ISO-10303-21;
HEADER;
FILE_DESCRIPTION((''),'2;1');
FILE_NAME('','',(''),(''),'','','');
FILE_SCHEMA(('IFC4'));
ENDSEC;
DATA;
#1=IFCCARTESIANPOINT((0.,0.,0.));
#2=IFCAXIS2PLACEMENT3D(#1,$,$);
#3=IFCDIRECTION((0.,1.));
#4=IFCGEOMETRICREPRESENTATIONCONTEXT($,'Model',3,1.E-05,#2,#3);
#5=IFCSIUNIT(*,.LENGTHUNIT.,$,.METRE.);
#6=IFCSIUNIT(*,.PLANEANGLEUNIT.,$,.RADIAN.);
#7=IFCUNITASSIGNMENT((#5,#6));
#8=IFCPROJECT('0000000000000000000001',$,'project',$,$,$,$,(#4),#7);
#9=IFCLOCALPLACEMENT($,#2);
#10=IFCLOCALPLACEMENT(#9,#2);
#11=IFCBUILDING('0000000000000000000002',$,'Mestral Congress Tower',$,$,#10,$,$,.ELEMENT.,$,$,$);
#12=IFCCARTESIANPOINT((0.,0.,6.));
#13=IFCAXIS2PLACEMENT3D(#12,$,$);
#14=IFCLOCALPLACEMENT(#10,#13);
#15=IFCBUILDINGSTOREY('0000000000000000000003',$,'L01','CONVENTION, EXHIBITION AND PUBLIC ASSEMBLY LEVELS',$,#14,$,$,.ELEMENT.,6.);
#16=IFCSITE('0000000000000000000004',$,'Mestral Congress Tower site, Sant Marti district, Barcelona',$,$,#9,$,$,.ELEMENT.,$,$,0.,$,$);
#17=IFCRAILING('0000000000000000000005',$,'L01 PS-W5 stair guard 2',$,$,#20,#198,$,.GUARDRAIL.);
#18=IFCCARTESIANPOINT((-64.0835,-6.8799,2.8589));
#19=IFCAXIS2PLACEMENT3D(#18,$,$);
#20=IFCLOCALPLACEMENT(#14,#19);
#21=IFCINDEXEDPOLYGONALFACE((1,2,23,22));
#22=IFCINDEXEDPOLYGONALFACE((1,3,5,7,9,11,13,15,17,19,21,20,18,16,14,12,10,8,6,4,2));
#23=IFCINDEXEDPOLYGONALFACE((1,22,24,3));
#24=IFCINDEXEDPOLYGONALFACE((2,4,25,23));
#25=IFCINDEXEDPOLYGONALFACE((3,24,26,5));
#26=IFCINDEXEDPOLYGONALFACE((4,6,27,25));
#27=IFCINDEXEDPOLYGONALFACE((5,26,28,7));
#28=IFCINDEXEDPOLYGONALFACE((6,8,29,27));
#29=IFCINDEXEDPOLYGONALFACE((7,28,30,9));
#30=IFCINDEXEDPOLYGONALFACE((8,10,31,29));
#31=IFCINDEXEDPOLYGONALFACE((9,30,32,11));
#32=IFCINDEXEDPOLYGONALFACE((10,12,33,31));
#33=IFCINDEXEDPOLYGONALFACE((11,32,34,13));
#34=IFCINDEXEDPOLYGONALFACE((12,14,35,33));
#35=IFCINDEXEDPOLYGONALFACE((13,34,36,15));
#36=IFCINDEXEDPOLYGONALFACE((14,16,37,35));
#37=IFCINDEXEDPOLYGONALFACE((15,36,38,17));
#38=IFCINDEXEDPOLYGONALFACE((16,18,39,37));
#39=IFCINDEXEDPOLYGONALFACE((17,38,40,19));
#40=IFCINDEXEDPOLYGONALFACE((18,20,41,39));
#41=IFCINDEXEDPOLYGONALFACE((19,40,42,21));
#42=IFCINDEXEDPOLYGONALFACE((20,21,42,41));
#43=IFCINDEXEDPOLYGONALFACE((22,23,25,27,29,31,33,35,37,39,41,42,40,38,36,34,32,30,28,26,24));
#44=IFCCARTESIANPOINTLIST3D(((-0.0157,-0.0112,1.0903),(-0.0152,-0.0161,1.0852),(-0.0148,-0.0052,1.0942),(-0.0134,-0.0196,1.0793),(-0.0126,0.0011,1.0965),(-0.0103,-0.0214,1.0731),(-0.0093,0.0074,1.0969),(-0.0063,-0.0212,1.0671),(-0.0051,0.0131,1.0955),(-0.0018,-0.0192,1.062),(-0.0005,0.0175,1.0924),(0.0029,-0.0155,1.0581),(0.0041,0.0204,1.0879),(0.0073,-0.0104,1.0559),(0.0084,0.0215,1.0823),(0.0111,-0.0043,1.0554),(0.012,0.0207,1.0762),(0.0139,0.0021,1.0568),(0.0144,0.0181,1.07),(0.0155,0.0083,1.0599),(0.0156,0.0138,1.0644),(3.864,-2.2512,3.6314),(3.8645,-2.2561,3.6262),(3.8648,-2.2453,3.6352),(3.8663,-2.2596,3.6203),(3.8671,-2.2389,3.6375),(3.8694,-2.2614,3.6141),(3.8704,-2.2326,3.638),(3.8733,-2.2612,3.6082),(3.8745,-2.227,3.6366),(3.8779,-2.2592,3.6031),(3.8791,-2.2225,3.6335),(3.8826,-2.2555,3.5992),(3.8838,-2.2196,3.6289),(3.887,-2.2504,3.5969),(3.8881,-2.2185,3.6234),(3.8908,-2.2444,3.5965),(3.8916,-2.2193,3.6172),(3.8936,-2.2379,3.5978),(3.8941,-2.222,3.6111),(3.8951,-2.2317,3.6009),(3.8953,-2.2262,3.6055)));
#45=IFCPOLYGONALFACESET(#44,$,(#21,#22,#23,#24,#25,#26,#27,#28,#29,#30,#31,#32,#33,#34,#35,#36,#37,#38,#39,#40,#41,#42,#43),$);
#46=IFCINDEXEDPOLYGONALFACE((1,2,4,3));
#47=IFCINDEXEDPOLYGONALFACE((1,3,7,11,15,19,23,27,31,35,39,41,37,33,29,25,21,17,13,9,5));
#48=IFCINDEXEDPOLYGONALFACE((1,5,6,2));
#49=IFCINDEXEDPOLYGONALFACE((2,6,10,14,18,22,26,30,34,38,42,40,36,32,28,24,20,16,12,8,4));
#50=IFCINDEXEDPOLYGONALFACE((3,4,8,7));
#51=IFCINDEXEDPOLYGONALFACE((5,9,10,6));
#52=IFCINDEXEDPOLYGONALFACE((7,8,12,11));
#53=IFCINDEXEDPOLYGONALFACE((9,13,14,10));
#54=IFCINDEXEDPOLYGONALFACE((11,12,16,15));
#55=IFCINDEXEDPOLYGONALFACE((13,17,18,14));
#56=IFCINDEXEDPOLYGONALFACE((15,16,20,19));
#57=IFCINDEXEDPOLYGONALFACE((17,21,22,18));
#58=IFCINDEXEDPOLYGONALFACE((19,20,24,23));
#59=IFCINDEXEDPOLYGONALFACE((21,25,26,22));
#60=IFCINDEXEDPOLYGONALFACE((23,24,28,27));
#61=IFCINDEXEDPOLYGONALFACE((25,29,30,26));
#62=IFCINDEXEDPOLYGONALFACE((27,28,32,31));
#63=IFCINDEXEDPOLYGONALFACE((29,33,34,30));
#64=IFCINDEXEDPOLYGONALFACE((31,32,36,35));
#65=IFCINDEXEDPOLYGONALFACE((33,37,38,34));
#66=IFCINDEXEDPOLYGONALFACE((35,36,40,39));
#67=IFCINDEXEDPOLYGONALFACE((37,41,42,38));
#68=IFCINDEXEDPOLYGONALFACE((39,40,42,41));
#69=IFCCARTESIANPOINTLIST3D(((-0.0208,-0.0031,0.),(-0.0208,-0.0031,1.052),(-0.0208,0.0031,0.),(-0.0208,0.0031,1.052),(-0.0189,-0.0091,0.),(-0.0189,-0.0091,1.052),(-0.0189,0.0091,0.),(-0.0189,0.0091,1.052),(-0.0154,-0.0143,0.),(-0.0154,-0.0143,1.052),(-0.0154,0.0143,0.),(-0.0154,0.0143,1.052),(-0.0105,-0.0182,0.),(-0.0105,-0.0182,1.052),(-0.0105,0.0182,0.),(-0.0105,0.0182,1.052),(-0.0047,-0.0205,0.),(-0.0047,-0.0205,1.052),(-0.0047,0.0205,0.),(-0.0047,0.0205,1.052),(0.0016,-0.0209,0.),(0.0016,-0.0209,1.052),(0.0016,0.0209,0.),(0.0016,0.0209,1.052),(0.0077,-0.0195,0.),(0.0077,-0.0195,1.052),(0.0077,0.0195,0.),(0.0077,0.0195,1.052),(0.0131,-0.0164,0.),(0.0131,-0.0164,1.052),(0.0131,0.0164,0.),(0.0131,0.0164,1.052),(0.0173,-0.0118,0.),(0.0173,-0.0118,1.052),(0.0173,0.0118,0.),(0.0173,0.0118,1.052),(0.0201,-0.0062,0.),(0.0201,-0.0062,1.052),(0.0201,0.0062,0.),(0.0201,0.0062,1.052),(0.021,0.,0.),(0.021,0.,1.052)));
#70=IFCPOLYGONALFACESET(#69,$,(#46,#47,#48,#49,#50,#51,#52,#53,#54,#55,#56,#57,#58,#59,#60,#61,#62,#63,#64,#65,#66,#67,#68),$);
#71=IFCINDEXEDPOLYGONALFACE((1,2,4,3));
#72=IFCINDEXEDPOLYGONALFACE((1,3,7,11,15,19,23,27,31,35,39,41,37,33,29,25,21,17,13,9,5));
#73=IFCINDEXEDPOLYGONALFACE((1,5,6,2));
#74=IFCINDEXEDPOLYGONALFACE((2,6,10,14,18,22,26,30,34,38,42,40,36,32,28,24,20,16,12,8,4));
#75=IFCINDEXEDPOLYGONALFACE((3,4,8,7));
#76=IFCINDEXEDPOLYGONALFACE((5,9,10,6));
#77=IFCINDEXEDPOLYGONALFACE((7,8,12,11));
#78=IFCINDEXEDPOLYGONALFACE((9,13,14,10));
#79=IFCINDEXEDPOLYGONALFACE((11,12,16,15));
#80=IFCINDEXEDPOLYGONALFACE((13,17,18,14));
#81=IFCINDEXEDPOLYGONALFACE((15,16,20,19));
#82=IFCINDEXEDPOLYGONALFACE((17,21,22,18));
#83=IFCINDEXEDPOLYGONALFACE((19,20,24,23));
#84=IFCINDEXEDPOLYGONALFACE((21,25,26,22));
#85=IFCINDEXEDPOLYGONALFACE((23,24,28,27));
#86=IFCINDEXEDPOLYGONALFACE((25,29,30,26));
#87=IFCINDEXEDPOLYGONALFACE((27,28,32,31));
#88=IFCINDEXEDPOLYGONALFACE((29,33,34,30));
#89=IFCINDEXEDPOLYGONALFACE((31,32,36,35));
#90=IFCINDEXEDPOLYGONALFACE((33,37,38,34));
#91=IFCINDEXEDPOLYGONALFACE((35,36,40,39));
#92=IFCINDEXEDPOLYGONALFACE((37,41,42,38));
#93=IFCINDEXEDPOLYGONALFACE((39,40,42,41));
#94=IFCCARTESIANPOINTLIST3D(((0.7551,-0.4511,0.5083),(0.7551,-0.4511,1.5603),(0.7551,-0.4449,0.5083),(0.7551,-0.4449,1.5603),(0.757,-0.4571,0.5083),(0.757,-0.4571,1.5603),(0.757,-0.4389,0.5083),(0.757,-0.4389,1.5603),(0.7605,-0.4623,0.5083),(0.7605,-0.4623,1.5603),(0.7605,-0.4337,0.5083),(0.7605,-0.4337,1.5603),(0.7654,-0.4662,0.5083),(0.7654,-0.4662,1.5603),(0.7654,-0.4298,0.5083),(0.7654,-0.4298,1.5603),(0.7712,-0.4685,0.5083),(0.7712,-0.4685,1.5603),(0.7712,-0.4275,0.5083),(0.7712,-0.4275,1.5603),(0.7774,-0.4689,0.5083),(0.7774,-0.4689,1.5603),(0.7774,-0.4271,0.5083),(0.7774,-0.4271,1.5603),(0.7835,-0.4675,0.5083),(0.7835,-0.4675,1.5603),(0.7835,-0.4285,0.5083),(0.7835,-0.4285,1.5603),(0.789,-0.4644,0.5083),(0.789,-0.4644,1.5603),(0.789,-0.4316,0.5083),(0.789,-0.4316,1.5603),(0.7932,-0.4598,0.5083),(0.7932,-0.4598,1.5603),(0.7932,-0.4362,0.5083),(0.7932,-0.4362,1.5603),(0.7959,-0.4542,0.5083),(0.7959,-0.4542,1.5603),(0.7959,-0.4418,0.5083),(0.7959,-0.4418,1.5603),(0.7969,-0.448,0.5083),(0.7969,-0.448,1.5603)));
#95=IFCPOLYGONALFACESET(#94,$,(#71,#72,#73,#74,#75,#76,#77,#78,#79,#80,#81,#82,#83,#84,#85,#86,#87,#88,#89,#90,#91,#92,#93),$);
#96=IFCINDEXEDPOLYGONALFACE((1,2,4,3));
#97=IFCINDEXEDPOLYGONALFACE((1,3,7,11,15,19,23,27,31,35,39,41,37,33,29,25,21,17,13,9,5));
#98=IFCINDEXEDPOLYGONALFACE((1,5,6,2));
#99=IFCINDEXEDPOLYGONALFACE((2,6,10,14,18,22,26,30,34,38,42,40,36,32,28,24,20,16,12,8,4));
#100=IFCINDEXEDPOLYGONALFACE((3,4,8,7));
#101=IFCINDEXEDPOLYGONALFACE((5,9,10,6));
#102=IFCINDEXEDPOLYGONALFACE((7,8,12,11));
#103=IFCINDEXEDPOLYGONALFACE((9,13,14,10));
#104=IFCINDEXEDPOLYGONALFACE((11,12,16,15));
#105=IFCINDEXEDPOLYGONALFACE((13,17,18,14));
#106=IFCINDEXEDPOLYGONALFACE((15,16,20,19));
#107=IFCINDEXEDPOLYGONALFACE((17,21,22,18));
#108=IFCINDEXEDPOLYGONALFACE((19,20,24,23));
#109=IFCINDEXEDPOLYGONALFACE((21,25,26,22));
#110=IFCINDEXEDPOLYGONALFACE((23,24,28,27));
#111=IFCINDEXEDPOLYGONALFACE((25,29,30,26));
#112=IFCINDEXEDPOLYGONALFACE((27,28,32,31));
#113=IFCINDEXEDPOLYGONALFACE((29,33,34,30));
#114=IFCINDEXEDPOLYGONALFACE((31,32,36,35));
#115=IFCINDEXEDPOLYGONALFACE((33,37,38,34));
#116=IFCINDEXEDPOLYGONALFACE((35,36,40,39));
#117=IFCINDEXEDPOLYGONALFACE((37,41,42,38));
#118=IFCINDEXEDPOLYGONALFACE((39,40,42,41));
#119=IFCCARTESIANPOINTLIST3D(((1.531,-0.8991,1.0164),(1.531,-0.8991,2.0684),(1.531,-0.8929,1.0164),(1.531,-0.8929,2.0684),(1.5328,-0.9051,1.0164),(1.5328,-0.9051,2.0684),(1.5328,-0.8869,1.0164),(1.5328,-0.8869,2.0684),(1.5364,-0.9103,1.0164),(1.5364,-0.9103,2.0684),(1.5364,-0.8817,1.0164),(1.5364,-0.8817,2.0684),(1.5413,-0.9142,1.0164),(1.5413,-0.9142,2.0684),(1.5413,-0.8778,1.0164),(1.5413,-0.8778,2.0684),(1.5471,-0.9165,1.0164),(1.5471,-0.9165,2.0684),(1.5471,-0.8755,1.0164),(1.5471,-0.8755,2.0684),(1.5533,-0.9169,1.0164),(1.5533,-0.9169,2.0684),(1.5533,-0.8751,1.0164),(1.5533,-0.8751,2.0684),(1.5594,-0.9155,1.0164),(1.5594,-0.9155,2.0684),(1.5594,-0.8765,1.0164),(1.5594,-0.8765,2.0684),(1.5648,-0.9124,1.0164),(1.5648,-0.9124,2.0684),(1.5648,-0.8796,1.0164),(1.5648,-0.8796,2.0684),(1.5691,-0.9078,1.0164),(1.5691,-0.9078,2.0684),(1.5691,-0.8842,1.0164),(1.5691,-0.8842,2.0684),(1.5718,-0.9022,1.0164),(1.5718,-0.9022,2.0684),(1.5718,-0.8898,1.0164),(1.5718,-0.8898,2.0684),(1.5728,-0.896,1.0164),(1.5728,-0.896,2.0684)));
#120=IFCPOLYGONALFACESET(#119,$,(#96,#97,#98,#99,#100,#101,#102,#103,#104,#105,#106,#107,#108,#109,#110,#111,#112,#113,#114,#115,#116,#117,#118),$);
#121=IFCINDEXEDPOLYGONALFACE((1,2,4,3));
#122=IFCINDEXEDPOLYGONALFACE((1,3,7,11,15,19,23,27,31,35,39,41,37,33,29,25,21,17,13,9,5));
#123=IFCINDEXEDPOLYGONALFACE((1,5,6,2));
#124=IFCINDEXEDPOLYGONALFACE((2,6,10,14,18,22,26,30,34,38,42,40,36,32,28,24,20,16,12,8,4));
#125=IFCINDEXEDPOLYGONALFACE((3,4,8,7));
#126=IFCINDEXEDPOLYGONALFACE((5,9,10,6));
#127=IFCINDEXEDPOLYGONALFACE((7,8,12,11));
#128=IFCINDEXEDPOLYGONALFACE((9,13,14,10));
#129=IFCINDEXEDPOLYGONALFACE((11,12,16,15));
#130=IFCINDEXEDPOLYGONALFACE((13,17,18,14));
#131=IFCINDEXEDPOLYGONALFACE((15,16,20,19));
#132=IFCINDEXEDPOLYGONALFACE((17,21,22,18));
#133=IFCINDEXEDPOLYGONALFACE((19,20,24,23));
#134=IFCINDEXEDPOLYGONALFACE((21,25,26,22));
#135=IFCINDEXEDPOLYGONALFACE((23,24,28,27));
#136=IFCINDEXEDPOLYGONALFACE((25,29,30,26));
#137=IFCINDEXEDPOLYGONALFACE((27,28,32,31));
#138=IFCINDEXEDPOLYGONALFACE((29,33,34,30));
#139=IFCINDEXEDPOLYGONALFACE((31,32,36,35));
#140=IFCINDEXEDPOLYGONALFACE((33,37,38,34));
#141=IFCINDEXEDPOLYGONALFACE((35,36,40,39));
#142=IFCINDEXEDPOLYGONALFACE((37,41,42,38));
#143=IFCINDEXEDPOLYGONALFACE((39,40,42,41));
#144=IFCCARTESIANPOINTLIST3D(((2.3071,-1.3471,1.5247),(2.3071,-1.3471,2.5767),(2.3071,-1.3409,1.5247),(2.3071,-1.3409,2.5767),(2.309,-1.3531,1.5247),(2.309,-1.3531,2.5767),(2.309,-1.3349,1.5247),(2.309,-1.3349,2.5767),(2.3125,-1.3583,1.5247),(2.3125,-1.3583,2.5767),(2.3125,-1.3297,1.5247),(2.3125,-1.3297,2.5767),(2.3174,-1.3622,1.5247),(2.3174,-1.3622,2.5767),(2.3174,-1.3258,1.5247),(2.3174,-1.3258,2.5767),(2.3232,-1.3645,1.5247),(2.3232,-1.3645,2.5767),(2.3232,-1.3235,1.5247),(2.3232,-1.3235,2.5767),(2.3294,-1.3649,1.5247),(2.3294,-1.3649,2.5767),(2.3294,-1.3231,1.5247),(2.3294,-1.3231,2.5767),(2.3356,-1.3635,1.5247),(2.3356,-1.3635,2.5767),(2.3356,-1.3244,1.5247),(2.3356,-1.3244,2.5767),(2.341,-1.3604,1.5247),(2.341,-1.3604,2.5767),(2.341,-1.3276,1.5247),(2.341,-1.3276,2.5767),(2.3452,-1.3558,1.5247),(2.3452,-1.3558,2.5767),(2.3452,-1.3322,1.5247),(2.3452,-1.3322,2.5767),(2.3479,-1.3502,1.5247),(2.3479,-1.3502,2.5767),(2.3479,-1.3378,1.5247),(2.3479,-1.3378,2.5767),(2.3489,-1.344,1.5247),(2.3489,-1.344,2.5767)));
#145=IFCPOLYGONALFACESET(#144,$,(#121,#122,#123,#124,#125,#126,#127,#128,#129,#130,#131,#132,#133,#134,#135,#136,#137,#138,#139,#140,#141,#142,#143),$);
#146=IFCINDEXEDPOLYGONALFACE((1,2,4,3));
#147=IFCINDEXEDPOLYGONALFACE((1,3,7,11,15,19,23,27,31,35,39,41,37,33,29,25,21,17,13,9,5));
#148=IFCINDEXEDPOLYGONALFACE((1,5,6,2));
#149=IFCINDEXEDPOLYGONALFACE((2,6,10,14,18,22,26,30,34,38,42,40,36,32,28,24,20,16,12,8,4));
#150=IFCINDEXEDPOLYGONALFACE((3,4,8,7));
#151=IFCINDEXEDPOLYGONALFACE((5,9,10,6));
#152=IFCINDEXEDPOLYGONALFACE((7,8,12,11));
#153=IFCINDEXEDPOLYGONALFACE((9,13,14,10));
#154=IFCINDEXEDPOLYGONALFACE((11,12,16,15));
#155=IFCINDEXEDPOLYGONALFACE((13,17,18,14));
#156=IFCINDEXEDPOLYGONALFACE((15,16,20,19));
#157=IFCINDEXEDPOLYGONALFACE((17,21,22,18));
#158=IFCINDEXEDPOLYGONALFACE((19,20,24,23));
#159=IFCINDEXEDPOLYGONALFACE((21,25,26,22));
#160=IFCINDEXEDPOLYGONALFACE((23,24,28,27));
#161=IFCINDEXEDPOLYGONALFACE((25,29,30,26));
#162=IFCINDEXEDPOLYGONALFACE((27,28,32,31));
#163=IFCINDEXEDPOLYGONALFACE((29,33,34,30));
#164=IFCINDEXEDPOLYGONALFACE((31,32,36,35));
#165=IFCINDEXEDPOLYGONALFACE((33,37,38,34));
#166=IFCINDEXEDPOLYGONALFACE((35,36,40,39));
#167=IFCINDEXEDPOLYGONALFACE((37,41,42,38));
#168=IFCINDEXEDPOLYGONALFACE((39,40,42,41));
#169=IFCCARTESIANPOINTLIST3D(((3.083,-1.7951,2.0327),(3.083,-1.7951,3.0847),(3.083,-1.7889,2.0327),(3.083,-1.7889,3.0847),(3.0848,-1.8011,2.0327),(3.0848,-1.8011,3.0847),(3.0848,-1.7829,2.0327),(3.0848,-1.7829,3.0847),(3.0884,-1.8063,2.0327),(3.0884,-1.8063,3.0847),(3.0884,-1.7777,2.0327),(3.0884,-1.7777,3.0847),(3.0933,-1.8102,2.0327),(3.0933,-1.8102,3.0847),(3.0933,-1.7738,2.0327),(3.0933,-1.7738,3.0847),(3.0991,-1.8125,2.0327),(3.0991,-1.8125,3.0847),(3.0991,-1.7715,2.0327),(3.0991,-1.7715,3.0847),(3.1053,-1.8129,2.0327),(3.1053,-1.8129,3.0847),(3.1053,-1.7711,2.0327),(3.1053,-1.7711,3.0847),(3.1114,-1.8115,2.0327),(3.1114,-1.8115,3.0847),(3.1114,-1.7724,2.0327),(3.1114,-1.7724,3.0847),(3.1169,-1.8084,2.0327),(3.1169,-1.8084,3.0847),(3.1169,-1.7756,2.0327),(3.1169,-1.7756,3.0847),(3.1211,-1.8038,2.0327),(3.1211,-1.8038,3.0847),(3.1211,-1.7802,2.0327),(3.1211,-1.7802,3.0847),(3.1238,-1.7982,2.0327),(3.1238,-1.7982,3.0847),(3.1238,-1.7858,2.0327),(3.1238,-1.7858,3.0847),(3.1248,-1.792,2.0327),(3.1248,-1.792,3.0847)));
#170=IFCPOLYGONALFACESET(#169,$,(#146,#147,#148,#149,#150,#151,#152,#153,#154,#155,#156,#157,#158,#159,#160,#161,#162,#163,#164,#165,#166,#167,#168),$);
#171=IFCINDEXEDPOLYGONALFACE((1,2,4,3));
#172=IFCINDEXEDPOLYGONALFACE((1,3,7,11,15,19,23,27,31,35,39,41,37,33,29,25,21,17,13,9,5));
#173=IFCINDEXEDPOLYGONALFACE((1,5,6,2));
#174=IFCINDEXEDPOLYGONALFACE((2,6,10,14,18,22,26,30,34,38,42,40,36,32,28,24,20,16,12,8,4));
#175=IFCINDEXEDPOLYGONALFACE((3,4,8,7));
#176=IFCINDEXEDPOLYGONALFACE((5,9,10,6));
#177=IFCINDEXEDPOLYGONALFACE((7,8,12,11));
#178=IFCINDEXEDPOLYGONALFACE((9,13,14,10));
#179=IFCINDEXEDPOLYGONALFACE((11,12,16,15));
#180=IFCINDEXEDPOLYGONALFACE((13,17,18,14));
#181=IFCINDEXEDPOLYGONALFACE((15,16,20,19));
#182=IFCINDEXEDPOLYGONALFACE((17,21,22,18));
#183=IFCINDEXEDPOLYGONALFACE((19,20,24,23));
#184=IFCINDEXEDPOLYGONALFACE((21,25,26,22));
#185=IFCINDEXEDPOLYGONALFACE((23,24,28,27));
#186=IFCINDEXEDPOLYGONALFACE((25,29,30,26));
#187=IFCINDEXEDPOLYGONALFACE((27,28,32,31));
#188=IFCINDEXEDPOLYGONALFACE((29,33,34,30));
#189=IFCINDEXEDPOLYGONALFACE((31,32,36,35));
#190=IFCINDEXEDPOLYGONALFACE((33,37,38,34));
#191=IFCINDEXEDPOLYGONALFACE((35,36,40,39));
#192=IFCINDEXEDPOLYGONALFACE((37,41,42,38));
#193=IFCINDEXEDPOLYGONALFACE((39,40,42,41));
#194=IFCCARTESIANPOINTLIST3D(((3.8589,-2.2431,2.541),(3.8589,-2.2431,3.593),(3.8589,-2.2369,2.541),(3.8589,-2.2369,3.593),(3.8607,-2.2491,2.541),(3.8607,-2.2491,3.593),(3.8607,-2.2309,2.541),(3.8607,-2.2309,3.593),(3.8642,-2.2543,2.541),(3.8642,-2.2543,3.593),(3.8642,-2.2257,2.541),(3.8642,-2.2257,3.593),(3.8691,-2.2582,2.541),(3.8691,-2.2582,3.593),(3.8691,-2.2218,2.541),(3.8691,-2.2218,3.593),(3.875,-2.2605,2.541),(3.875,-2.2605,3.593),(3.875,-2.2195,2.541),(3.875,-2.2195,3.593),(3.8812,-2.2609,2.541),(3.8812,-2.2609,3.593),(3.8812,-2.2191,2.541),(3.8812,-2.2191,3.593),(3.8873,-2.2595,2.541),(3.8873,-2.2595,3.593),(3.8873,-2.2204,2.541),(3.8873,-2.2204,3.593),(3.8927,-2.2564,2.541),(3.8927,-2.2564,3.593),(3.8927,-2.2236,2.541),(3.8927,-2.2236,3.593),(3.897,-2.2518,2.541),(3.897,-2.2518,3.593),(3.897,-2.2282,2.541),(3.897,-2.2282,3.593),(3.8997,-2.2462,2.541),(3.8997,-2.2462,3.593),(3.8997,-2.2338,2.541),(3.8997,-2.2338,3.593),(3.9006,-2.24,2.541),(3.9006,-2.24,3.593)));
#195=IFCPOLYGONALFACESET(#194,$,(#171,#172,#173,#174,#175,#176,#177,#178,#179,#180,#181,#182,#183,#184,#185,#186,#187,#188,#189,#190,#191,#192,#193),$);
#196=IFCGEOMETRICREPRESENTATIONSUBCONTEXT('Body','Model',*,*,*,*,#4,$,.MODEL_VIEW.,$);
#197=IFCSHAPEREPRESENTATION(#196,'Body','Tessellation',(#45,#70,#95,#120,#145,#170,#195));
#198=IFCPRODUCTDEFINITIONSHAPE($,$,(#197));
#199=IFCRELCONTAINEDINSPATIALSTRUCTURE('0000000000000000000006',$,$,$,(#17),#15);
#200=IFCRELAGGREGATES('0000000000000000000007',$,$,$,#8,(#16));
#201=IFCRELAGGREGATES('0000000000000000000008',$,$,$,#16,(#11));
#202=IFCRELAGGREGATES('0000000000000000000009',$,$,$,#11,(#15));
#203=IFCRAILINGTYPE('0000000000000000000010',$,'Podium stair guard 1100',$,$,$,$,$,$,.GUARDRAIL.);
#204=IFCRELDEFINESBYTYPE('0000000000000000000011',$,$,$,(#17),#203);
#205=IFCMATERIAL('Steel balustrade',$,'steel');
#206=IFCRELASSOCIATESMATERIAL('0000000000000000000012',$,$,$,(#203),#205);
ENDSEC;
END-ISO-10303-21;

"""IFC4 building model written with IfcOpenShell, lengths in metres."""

from ifc_helpers import new_model, si_unit, direction, frame, origin, origin_2d, place, context, subcontext, project, spatial, circle, extrude, material, type_object, element, save


model = new_model("IFC4")

# Units and contexts
model_context = context("Model", 3, precision=1e-05, world=origin(), true_north=direction((0.0, 1.0)))
body_context = subcontext(model_context, "Body", "Model", "MODEL_VIEW")
ifc_project = project(units=[si_unit("LENGTHUNIT", "METRE"), si_unit("PLANEANGLEUNIT", "RADIAN")], contexts=[model_context])

# Site, building, storey
site_placement = place(None, origin())
site = spatial("IfcSite", under=ifc_project, at=site_placement, Name="Mestral Congress Tower site, Sant Marti district, Barcelona", CompositionType="ELEMENT", RefElevation=0.0)
building_placement = place(site_placement, origin())
building = spatial("IfcBuilding", under=site, at=building_placement, Name="Mestral Congress Tower", CompositionType="ELEMENT")
storey_placement = place(building_placement, frame((0.0, 0.0, 6.0)))
storey = spatial("IfcBuildingStorey", under=building, at=storey_placement, Name="L01", Description="CONVENTION, EXHIBITION AND PUBLIC ASSEMBLY LEVELS", CompositionType="ELEMENT", Elevation=6.0)

# Railing
ifc_material_1 = material(Name="Steel balustrade", Category="steel")
railing_type_1 = type_object("IfcRailingType", Name="Podium stair guard 1100", PredefinedType="GUARDRAIL", material=ifc_material_1)
railing_1_placement = place(storey_placement, frame((-64.0835, -6.8799, 2.8589)))
element("IfcRailing", 1, at=railing_1_placement, inside=storey, type_object=railing_type_1, Name="L01 PS-W5 stair guard 2", PredefinedType="GUARDRAIL", context=body_context, shape_type="SweptSolid", body=[
    extrude(circle(Radius=0.0239, at=origin_2d()), frame((0.0, 0.0, 1.0762), z_axis=(0.753279, -0.434922, 0.493369), x_axis=(0.500013, 0.866018, 0.0)), (0.0, 0.0, 1.0), 5.1504),
    extrude(circle(Radius=0.021, at=origin_2d()), origin(), (0.0, 0.0, 1.0), 1.052),
    extrude(circle(Radius=0.021, at=origin_2d()), frame((0.7759, -0.448, 0.5083)), (0.0, 0.0, 1.0), 1.052),
    extrude(circle(Radius=0.021, at=origin_2d()), frame((1.5518, -0.896, 1.0164)), (0.0, 0.0, 1.0), 1.052),
    extrude(circle(Radius=0.021, at=origin_2d()), frame((2.3279, -1.344, 1.5247)), (0.0, 0.0, 1.0), 1.052),
    extrude(circle(Radius=0.021, at=origin_2d()), frame((3.1038, -1.792, 2.0327)), (0.0, 0.0, 1.0), 1.052),
    extrude(circle(Radius=0.021, at=origin_2d()), frame((3.8796, -2.24, 2.541)), (0.0, 0.0, 1.0), 1.052),
])

save(model, "model.ifc")
